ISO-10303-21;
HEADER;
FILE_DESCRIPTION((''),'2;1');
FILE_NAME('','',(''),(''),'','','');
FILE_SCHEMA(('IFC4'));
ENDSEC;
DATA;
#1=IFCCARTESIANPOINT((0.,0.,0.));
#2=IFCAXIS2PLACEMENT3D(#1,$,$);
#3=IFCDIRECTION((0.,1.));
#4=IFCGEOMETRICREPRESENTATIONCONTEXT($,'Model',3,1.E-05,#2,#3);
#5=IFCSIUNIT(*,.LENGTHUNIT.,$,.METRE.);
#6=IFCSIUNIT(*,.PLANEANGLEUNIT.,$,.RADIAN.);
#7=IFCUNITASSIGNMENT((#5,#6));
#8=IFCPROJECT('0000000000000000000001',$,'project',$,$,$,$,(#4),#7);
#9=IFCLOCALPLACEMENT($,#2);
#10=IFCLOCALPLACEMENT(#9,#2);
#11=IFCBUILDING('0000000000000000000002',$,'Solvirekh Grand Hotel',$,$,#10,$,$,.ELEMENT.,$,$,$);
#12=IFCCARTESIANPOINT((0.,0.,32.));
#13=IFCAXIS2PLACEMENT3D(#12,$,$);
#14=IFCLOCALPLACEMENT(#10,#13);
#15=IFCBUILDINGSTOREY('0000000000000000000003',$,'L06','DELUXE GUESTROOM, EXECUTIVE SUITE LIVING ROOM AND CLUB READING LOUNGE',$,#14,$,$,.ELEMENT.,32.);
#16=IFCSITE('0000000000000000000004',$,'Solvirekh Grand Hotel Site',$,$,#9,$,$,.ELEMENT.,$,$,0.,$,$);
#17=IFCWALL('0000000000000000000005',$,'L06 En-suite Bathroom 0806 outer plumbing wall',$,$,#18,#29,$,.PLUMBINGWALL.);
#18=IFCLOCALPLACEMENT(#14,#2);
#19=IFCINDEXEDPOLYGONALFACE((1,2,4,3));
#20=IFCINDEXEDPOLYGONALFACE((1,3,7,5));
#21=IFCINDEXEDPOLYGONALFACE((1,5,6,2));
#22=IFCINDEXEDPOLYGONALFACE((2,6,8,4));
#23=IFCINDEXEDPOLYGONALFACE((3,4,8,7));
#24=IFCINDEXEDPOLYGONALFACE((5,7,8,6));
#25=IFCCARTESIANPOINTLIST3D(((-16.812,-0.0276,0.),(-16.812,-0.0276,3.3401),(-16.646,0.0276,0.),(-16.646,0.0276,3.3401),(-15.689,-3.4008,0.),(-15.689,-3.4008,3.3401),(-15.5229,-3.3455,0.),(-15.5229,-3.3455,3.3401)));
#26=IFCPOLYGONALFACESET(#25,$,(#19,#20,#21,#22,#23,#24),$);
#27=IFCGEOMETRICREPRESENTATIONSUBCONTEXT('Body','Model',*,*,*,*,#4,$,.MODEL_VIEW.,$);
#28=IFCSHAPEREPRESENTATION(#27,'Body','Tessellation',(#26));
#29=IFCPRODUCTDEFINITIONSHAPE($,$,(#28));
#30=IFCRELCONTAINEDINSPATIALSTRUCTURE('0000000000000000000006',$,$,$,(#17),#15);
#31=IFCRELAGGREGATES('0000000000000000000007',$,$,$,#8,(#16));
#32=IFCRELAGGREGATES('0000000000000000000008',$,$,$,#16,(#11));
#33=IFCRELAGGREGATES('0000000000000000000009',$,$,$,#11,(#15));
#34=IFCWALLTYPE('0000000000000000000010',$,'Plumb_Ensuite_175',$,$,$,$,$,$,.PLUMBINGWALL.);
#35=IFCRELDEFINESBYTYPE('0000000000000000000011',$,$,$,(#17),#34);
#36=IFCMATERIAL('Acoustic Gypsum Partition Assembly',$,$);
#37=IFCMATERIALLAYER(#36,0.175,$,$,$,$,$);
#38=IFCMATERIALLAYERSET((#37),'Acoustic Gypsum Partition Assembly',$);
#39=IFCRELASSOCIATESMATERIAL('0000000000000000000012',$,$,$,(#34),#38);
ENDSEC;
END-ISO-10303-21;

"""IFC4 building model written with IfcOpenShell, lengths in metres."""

from ifc_helpers import new_model, si_unit, direction, frame, frame_2d, origin, place, context, subcontext, project, spatial, rectangle, extrude, material, layer, layer_set, type_object, element, save


model = new_model("IFC4")

# Units and contexts
model_context = context("Model", 3, precision=1e-05, world=origin(), true_north=direction((0.0, 1.0)))
body_context = subcontext(model_context, "Body", "Model", "MODEL_VIEW")
ifc_project = project(units=[si_unit("LENGTHUNIT", "METRE"), si_unit("PLANEANGLEUNIT", "RADIAN")], contexts=[model_context])

# Site, building, storey
site_placement = place(None, origin())
site = spatial("IfcSite", under=ifc_project, at=site_placement, Name="Solvirekh Grand Hotel Site", CompositionType="ELEMENT", RefElevation=0.0)
building_placement = place(site_placement, origin())
building = spatial("IfcBuilding", under=site, at=building_placement, Name="Solvirekh Grand Hotel", CompositionType="ELEMENT")
storey_placement = place(building_placement, frame((0.0, 0.0, 32.0)))
storey = spatial("IfcBuildingStorey", under=building, at=storey_placement, Name="L06", Description="DELUXE GUESTROOM, EXECUTIVE SUITE LIVING ROOM AND CLUB READING LOUNGE", CompositionType="ELEMENT", Elevation=32.0)

# Shared definitions
ifc_material_1 = material(Name="Acoustic Gypsum Partition Assembly")

# Shared definitions
ifc_layer_1 = layer(ifc_material_1, 0.175)
ifc_layer_set_1 = layer_set([ifc_layer_1], Name="Acoustic Gypsum Partition Assembly")
wall_type_1 = type_object("IfcWallType", Name="Plumb_Ensuite_175", PredefinedType="PLUMBINGWALL", material=ifc_layer_set_1)

# Wall
wall_1_placement = place(storey_placement, frame((-16.729, 0.0, 0.0), z_axis=(0.0, 0.0, 1.0), x_axis=(0.315898, -0.948793, 0.0)))
element("IfcWall", 1, at=wall_1_placement, inside=storey, type_object=wall_type_1, Name="L06 En-suite Bathroom 0806 outer plumbing wall", PredefinedType="PLUMBINGWALL", context=body_context, shape_type="SweptSolid", body=[
    extrude(rectangle(XDim=3.5552, YDim=0.175, at=frame_2d((1.7776, 0.0))), origin(), (0.0, 0.0, 1.0), 3.3401),
])

save(model, "model.ifc")
